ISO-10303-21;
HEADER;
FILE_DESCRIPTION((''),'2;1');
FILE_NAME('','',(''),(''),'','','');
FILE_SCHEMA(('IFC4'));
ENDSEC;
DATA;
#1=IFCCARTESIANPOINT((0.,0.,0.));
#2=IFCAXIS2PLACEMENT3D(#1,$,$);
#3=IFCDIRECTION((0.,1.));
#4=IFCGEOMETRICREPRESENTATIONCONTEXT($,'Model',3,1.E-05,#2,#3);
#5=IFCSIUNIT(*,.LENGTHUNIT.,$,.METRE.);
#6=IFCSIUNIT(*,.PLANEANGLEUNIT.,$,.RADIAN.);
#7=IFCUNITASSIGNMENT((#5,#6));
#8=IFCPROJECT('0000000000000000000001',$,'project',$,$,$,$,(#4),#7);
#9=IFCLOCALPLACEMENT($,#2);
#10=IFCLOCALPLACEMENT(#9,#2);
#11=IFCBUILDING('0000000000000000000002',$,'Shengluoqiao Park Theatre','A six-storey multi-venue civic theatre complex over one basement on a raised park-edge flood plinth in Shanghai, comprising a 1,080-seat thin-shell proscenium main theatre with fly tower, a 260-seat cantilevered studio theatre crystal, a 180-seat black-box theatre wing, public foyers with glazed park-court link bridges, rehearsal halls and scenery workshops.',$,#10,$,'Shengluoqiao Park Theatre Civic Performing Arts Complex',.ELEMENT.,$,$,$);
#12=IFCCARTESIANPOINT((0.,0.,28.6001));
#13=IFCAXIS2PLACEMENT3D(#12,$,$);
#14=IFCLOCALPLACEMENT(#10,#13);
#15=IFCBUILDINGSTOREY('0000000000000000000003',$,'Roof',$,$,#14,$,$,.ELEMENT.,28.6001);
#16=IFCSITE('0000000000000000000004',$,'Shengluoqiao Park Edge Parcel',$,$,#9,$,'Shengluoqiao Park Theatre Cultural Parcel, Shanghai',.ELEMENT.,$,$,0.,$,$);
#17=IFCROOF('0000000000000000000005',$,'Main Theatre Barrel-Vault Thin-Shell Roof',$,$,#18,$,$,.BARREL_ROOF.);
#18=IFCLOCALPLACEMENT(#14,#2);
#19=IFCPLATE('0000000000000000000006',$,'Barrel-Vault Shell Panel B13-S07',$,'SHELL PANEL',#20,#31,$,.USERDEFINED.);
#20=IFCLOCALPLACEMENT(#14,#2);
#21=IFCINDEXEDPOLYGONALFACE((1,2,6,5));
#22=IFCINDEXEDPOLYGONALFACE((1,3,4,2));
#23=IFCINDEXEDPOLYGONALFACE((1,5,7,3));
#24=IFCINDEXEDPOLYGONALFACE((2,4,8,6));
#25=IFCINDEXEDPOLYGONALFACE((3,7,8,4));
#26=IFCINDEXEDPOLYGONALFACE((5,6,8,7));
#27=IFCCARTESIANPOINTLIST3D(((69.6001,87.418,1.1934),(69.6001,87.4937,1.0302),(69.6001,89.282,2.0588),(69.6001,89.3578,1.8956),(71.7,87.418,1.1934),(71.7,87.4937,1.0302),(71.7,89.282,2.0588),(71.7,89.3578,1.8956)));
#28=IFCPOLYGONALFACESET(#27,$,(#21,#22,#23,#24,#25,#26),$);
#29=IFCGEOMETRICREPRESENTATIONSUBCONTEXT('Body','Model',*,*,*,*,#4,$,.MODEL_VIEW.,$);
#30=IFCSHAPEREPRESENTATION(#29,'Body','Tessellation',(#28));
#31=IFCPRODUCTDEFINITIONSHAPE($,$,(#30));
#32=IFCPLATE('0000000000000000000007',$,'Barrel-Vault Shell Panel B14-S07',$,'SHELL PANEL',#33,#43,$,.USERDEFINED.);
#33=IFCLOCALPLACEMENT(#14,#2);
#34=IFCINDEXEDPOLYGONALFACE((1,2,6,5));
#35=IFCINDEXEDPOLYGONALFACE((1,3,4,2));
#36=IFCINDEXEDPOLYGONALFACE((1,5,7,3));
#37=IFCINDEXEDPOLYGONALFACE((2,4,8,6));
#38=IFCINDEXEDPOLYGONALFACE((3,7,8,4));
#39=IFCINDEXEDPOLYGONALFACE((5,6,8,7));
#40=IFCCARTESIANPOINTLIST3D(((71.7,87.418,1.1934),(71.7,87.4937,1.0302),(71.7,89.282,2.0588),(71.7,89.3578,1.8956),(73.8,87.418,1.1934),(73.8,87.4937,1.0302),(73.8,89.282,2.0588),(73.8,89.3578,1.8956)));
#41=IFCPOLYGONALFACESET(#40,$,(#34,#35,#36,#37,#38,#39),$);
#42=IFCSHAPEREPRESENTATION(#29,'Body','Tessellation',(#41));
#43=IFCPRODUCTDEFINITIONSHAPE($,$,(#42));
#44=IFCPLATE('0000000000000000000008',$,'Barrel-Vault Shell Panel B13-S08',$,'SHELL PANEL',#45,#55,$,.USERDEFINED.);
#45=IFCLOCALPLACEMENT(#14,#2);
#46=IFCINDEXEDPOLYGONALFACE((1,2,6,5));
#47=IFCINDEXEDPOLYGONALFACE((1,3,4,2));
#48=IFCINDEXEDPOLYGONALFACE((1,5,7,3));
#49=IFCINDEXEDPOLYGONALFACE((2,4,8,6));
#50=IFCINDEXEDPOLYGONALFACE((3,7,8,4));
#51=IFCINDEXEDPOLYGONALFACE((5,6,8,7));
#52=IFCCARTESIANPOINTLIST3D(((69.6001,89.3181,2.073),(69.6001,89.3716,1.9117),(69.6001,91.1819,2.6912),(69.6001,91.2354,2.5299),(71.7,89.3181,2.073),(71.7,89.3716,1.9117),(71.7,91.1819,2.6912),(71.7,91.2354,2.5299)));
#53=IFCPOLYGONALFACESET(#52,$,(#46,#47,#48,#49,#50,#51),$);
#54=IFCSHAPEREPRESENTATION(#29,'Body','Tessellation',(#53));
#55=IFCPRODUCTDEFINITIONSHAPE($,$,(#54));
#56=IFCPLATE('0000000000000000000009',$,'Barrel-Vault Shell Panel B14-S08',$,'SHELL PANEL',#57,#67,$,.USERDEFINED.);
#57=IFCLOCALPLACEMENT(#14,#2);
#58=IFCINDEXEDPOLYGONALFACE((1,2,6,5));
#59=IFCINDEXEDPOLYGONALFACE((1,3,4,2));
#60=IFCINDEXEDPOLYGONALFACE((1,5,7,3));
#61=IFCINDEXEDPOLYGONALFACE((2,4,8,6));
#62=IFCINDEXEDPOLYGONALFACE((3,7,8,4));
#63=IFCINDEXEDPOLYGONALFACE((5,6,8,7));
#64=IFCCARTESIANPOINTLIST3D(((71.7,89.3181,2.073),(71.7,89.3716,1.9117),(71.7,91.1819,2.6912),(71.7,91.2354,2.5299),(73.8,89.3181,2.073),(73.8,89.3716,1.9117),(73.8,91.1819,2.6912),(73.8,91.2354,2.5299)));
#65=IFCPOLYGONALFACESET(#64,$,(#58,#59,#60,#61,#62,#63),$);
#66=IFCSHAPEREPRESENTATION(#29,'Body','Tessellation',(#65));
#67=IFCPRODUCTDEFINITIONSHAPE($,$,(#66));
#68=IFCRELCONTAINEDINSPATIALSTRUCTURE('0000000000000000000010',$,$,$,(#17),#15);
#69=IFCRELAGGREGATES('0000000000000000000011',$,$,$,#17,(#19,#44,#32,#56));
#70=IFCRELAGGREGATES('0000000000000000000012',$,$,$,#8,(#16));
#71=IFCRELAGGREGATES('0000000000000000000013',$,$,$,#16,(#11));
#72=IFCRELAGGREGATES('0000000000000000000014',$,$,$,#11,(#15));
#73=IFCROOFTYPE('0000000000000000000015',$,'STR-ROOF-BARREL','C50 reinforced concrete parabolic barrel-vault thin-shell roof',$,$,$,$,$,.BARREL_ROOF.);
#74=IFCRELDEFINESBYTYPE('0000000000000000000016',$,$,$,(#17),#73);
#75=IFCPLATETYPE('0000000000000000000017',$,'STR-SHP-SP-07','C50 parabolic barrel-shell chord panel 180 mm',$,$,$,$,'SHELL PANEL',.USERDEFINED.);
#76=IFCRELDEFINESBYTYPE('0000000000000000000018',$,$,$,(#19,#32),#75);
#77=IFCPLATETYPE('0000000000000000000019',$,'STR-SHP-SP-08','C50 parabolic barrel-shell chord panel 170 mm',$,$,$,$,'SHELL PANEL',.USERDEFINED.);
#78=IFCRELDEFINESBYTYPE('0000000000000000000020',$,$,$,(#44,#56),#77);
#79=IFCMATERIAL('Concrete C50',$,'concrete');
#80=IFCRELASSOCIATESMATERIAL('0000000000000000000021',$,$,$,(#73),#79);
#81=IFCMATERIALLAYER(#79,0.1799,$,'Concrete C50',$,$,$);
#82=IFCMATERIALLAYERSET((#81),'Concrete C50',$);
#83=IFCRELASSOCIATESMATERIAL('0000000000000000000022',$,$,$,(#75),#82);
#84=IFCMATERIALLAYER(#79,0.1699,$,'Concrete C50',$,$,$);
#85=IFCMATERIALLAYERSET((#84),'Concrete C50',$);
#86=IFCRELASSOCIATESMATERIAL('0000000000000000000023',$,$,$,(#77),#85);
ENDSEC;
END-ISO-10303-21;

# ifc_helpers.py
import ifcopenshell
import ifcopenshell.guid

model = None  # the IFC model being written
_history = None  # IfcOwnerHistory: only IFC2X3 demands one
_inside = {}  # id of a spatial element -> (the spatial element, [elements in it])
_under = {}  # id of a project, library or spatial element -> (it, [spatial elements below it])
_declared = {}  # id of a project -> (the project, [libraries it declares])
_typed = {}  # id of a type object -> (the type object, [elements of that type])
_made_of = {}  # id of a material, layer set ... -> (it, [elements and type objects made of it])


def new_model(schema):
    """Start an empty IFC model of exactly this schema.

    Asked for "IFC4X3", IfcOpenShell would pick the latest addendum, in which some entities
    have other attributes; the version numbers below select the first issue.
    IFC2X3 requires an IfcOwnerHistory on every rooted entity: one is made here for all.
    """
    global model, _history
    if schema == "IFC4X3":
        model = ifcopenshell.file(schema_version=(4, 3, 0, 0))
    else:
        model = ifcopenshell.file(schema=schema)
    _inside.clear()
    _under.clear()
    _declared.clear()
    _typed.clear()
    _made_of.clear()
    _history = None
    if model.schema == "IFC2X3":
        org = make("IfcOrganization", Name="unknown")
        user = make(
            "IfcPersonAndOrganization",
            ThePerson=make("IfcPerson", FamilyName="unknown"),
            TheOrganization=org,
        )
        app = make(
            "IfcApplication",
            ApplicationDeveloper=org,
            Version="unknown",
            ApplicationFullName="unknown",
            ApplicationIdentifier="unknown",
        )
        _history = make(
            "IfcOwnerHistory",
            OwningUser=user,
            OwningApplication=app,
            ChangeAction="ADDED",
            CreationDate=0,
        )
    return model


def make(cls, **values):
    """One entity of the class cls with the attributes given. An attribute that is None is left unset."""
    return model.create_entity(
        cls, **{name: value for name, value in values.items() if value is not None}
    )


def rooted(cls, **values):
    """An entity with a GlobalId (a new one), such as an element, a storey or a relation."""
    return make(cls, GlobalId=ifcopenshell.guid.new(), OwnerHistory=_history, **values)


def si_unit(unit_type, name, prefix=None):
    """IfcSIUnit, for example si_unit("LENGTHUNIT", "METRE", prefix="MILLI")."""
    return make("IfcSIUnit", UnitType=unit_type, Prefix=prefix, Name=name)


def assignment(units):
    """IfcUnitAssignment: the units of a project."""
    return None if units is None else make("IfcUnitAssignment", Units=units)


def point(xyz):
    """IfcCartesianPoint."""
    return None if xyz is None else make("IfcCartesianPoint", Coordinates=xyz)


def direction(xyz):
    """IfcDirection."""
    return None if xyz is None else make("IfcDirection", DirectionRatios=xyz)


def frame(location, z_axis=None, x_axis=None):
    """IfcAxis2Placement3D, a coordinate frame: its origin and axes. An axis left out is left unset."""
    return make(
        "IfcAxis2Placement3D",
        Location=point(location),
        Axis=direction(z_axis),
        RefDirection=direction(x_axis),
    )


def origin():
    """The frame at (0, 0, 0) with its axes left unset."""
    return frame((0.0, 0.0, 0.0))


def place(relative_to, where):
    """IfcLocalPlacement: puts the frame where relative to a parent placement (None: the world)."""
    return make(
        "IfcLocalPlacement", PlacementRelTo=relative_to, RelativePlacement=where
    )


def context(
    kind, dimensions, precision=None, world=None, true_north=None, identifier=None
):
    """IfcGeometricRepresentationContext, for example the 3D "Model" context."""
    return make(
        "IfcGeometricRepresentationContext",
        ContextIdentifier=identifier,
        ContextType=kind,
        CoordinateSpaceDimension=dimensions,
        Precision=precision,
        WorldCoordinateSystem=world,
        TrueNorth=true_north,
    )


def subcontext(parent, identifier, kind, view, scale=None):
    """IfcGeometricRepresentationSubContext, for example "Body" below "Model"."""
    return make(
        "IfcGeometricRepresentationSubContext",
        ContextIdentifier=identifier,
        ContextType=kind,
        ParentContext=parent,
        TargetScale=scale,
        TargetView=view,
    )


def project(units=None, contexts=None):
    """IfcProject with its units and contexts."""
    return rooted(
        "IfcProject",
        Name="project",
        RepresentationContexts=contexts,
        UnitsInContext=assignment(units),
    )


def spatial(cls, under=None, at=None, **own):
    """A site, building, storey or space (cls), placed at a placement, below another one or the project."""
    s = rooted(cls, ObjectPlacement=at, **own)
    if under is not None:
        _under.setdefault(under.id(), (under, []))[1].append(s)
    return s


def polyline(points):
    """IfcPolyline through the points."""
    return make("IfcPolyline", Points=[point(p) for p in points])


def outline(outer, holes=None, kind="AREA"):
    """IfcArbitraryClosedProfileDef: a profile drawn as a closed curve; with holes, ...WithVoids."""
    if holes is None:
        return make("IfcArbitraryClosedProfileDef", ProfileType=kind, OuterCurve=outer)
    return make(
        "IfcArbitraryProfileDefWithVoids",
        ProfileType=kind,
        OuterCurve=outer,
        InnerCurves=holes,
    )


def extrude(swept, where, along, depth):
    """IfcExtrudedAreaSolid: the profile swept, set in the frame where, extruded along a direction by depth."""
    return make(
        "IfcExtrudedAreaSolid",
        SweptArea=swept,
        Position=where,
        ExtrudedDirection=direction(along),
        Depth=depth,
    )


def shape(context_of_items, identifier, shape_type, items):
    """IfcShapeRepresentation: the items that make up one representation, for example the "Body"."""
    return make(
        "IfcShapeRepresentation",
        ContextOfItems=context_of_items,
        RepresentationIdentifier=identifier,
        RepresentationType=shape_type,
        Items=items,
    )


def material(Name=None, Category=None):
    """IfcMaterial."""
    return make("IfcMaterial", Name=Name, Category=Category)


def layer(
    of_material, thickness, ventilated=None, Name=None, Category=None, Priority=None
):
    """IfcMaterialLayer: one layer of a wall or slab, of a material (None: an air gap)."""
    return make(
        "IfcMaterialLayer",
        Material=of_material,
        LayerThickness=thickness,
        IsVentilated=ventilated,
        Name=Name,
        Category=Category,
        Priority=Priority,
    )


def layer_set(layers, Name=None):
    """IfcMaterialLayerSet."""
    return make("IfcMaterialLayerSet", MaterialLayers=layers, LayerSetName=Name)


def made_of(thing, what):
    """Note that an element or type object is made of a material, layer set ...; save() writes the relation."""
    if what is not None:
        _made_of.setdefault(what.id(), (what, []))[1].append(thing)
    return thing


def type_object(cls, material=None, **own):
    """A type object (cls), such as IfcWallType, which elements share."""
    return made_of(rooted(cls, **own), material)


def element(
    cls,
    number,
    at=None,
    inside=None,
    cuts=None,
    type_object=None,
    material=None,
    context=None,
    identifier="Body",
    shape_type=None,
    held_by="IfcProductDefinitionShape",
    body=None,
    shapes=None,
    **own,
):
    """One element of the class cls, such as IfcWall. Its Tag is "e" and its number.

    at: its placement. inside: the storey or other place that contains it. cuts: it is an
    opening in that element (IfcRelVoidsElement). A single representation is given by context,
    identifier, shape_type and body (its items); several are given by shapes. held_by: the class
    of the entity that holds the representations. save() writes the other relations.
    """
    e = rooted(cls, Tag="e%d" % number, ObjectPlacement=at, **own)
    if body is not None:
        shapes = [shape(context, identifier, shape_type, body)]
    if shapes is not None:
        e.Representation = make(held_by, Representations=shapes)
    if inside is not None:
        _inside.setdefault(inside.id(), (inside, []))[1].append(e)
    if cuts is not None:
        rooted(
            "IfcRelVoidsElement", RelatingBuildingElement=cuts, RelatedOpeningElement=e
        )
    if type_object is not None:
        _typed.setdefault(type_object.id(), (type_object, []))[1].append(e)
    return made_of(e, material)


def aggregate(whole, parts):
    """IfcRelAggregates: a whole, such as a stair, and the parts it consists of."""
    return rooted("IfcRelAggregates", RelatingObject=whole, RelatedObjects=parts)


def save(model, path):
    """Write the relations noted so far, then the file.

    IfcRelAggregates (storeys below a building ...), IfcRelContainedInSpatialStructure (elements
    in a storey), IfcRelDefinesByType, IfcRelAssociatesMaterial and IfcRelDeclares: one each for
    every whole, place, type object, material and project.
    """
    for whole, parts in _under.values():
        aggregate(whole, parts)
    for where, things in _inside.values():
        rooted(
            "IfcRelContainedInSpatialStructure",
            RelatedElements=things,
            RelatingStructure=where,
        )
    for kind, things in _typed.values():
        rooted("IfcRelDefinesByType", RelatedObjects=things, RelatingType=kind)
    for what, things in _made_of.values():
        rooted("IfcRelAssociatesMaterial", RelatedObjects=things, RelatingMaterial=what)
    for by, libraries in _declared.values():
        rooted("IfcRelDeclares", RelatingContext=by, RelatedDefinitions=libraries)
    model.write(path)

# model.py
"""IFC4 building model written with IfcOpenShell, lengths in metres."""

from ifc_helpers import new_model, si_unit, direction, frame, origin, place, context, subcontext, project, spatial, polyline, outline, extrude, material, layer, layer_set, type_object, element, aggregate, save


model = new_model("IFC4")

# Units and contexts
model_context = context("Model", 3, precision=1e-05, world=origin(), true_north=direction((0.0, 1.0)))
body_context = subcontext(model_context, "Body", "Model", "MODEL_VIEW")
ifc_project = project(units=[si_unit("LENGTHUNIT", "METRE"), si_unit("PLANEANGLEUNIT", "RADIAN")], contexts=[model_context])

# Site, building, storey
site_placement = place(None, origin())
site = spatial("IfcSite", under=ifc_project, at=site_placement, Name="Shengluoqiao Park Edge Parcel", LongName="Shengluoqiao Park Theatre Cultural Parcel, Shanghai", CompositionType="ELEMENT", RefElevation=0.0)
building_placement = place(site_placement, origin())
building = spatial("IfcBuilding", under=site, at=building_placement, Name="Shengluoqiao Park Theatre", Description="A six-storey multi-venue civic theatre complex over one basement on a raised park-edge flood plinth in Shanghai, comprising a 1,080-seat thin-shell proscenium main theatre with fly tower, a 260-seat cantilevered studio theatre crystal, a 180-seat black-box theatre wing, public foyers with glazed park-court link bridges, rehearsal halls and scenery workshops.", LongName="Shengluoqiao Park Theatre Civic Performing Arts Complex", CompositionType="ELEMENT")
storey_placement = place(building_placement, frame((0.0, 0.0, 28.6001)))
storey = spatial("IfcBuildingStorey", under=building, at=storey_placement, Name="Roof", CompositionType="ELEMENT", Elevation=28.6001)

# Shared definitions
ifc_material_1 = material(Name="Concrete C50", Category="concrete")

# Roof, plates
roof_type = type_object("IfcRoofType", Name="STR-ROOF-BARREL", Description="C50 reinforced concrete parabolic barrel-vault thin-shell roof", PredefinedType="BARREL_ROOF", material=ifc_material_1)
roof_placement = place(storey_placement, origin())
roof = element("IfcRoof", 1, at=roof_placement, inside=storey, type_object=roof_type, Name="Main Theatre Barrel-Vault Thin-Shell Roof", PredefinedType="BARREL_ROOF")
ifc_layer_1 = layer(ifc_material_1, 0.1799, Name="Concrete C50")
ifc_layer_set_1 = layer_set([ifc_layer_1], Name="Concrete C50")
plate_type_1 = type_object("IfcPlateType", Name="STR-SHP-SP-07", Description="C50 parabolic barrel-shell chord panel 180 mm", ElementType="SHELL PANEL", PredefinedType="USERDEFINED", material=ifc_layer_set_1)
plate_1_placement = place(storey_placement, frame((69.6001, 87.418, 1.1934), z_axis=(0.0, -0.421129, 0.907001), x_axis=(1.0, 0.0, 0.0)))
plate_1 = element("IfcPlate", 2, at=plate_1_placement, type_object=plate_type_1, Name="Barrel-Vault Shell Panel B13-S07", ObjectType="SHELL PANEL", PredefinedType="USERDEFINED", context=body_context, shape_type="SweptSolid", body=[
    extrude(outline(polyline([(0.0, 0.0), (2.0999, 0.0), (2.0999, 2.0551), (0.0, 2.0551), (0.0, 0.0)])), origin(), (0.0, 0.0, -1.0), 0.1799),
])
plate_2_placement = place(storey_placement, frame((71.7, 87.418, 1.1934), z_axis=(0.0, -0.421129, 0.907001), x_axis=(1.0, 0.0, 0.0)))
plate_2 = element("IfcPlate", 3, at=plate_2_placement, type_object=plate_type_1, Name="Barrel-Vault Shell Panel B14-S07", ObjectType="SHELL PANEL", PredefinedType="USERDEFINED", context=body_context, shape_type="SweptSolid", body=[
    extrude(outline(polyline([(0.0, 0.0), (2.1001, 0.0), (2.1001, 2.0551), (0.0, 2.0551), (0.0, 0.0)])), origin(), (0.0, 0.0, -1.0), 0.1799),
])
ifc_layer_2 = layer(ifc_material_1, 0.1699, Name="Concrete C50")
ifc_layer_set_2 = layer_set([ifc_layer_2], Name="Concrete C50")
plate_type_2 = type_object("IfcPlateType", Name="STR-SHP-SP-08", Description="C50 parabolic barrel-shell chord panel 170 mm", ElementType="SHELL PANEL", PredefinedType="USERDEFINED", material=ifc_layer_set_2)
plate_3_placement = place(storey_placement, frame((69.6001, 89.3181, 2.073), z_axis=(0.0, -0.31481, 0.949155), x_axis=(1.0, 0.0, 0.0)))
plate_3 = element("IfcPlate", 4, at=plate_3_placement, type_object=plate_type_2, Name="Barrel-Vault Shell Panel B13-S08", ObjectType="SHELL PANEL", PredefinedType="USERDEFINED", context=body_context, shape_type="SweptSolid", body=[
    extrude(outline(polyline([(0.0, 0.0), (2.0999, 0.0), (2.0999, 1.9636), (0.0, 1.9636), (0.0, 0.0)])), origin(), (0.0, 0.0, -1.0), 0.1699),
])
plate_4_placement = place(storey_placement, frame((71.7, 89.3181, 2.073), z_axis=(0.0, -0.31481, 0.949155), x_axis=(1.0, 0.0, 0.0)))
plate_4 = element("IfcPlate", 5, at=plate_4_placement, type_object=plate_type_2, Name="Barrel-Vault Shell Panel B14-S08", ObjectType="SHELL PANEL", PredefinedType="USERDEFINED", context=body_context, shape_type="SweptSolid", body=[
    extrude(outline(polyline([(0.0, 0.0), (2.1001, 0.0), (2.1001, 1.9636), (0.0, 1.9636), (0.0, 0.0)])), origin(), (0.0, 0.0, -1.0), 0.1699),
])
aggregate(roof, [plate_1, plate_3, plate_2, plate_4])

save(model, "model.ifc")
